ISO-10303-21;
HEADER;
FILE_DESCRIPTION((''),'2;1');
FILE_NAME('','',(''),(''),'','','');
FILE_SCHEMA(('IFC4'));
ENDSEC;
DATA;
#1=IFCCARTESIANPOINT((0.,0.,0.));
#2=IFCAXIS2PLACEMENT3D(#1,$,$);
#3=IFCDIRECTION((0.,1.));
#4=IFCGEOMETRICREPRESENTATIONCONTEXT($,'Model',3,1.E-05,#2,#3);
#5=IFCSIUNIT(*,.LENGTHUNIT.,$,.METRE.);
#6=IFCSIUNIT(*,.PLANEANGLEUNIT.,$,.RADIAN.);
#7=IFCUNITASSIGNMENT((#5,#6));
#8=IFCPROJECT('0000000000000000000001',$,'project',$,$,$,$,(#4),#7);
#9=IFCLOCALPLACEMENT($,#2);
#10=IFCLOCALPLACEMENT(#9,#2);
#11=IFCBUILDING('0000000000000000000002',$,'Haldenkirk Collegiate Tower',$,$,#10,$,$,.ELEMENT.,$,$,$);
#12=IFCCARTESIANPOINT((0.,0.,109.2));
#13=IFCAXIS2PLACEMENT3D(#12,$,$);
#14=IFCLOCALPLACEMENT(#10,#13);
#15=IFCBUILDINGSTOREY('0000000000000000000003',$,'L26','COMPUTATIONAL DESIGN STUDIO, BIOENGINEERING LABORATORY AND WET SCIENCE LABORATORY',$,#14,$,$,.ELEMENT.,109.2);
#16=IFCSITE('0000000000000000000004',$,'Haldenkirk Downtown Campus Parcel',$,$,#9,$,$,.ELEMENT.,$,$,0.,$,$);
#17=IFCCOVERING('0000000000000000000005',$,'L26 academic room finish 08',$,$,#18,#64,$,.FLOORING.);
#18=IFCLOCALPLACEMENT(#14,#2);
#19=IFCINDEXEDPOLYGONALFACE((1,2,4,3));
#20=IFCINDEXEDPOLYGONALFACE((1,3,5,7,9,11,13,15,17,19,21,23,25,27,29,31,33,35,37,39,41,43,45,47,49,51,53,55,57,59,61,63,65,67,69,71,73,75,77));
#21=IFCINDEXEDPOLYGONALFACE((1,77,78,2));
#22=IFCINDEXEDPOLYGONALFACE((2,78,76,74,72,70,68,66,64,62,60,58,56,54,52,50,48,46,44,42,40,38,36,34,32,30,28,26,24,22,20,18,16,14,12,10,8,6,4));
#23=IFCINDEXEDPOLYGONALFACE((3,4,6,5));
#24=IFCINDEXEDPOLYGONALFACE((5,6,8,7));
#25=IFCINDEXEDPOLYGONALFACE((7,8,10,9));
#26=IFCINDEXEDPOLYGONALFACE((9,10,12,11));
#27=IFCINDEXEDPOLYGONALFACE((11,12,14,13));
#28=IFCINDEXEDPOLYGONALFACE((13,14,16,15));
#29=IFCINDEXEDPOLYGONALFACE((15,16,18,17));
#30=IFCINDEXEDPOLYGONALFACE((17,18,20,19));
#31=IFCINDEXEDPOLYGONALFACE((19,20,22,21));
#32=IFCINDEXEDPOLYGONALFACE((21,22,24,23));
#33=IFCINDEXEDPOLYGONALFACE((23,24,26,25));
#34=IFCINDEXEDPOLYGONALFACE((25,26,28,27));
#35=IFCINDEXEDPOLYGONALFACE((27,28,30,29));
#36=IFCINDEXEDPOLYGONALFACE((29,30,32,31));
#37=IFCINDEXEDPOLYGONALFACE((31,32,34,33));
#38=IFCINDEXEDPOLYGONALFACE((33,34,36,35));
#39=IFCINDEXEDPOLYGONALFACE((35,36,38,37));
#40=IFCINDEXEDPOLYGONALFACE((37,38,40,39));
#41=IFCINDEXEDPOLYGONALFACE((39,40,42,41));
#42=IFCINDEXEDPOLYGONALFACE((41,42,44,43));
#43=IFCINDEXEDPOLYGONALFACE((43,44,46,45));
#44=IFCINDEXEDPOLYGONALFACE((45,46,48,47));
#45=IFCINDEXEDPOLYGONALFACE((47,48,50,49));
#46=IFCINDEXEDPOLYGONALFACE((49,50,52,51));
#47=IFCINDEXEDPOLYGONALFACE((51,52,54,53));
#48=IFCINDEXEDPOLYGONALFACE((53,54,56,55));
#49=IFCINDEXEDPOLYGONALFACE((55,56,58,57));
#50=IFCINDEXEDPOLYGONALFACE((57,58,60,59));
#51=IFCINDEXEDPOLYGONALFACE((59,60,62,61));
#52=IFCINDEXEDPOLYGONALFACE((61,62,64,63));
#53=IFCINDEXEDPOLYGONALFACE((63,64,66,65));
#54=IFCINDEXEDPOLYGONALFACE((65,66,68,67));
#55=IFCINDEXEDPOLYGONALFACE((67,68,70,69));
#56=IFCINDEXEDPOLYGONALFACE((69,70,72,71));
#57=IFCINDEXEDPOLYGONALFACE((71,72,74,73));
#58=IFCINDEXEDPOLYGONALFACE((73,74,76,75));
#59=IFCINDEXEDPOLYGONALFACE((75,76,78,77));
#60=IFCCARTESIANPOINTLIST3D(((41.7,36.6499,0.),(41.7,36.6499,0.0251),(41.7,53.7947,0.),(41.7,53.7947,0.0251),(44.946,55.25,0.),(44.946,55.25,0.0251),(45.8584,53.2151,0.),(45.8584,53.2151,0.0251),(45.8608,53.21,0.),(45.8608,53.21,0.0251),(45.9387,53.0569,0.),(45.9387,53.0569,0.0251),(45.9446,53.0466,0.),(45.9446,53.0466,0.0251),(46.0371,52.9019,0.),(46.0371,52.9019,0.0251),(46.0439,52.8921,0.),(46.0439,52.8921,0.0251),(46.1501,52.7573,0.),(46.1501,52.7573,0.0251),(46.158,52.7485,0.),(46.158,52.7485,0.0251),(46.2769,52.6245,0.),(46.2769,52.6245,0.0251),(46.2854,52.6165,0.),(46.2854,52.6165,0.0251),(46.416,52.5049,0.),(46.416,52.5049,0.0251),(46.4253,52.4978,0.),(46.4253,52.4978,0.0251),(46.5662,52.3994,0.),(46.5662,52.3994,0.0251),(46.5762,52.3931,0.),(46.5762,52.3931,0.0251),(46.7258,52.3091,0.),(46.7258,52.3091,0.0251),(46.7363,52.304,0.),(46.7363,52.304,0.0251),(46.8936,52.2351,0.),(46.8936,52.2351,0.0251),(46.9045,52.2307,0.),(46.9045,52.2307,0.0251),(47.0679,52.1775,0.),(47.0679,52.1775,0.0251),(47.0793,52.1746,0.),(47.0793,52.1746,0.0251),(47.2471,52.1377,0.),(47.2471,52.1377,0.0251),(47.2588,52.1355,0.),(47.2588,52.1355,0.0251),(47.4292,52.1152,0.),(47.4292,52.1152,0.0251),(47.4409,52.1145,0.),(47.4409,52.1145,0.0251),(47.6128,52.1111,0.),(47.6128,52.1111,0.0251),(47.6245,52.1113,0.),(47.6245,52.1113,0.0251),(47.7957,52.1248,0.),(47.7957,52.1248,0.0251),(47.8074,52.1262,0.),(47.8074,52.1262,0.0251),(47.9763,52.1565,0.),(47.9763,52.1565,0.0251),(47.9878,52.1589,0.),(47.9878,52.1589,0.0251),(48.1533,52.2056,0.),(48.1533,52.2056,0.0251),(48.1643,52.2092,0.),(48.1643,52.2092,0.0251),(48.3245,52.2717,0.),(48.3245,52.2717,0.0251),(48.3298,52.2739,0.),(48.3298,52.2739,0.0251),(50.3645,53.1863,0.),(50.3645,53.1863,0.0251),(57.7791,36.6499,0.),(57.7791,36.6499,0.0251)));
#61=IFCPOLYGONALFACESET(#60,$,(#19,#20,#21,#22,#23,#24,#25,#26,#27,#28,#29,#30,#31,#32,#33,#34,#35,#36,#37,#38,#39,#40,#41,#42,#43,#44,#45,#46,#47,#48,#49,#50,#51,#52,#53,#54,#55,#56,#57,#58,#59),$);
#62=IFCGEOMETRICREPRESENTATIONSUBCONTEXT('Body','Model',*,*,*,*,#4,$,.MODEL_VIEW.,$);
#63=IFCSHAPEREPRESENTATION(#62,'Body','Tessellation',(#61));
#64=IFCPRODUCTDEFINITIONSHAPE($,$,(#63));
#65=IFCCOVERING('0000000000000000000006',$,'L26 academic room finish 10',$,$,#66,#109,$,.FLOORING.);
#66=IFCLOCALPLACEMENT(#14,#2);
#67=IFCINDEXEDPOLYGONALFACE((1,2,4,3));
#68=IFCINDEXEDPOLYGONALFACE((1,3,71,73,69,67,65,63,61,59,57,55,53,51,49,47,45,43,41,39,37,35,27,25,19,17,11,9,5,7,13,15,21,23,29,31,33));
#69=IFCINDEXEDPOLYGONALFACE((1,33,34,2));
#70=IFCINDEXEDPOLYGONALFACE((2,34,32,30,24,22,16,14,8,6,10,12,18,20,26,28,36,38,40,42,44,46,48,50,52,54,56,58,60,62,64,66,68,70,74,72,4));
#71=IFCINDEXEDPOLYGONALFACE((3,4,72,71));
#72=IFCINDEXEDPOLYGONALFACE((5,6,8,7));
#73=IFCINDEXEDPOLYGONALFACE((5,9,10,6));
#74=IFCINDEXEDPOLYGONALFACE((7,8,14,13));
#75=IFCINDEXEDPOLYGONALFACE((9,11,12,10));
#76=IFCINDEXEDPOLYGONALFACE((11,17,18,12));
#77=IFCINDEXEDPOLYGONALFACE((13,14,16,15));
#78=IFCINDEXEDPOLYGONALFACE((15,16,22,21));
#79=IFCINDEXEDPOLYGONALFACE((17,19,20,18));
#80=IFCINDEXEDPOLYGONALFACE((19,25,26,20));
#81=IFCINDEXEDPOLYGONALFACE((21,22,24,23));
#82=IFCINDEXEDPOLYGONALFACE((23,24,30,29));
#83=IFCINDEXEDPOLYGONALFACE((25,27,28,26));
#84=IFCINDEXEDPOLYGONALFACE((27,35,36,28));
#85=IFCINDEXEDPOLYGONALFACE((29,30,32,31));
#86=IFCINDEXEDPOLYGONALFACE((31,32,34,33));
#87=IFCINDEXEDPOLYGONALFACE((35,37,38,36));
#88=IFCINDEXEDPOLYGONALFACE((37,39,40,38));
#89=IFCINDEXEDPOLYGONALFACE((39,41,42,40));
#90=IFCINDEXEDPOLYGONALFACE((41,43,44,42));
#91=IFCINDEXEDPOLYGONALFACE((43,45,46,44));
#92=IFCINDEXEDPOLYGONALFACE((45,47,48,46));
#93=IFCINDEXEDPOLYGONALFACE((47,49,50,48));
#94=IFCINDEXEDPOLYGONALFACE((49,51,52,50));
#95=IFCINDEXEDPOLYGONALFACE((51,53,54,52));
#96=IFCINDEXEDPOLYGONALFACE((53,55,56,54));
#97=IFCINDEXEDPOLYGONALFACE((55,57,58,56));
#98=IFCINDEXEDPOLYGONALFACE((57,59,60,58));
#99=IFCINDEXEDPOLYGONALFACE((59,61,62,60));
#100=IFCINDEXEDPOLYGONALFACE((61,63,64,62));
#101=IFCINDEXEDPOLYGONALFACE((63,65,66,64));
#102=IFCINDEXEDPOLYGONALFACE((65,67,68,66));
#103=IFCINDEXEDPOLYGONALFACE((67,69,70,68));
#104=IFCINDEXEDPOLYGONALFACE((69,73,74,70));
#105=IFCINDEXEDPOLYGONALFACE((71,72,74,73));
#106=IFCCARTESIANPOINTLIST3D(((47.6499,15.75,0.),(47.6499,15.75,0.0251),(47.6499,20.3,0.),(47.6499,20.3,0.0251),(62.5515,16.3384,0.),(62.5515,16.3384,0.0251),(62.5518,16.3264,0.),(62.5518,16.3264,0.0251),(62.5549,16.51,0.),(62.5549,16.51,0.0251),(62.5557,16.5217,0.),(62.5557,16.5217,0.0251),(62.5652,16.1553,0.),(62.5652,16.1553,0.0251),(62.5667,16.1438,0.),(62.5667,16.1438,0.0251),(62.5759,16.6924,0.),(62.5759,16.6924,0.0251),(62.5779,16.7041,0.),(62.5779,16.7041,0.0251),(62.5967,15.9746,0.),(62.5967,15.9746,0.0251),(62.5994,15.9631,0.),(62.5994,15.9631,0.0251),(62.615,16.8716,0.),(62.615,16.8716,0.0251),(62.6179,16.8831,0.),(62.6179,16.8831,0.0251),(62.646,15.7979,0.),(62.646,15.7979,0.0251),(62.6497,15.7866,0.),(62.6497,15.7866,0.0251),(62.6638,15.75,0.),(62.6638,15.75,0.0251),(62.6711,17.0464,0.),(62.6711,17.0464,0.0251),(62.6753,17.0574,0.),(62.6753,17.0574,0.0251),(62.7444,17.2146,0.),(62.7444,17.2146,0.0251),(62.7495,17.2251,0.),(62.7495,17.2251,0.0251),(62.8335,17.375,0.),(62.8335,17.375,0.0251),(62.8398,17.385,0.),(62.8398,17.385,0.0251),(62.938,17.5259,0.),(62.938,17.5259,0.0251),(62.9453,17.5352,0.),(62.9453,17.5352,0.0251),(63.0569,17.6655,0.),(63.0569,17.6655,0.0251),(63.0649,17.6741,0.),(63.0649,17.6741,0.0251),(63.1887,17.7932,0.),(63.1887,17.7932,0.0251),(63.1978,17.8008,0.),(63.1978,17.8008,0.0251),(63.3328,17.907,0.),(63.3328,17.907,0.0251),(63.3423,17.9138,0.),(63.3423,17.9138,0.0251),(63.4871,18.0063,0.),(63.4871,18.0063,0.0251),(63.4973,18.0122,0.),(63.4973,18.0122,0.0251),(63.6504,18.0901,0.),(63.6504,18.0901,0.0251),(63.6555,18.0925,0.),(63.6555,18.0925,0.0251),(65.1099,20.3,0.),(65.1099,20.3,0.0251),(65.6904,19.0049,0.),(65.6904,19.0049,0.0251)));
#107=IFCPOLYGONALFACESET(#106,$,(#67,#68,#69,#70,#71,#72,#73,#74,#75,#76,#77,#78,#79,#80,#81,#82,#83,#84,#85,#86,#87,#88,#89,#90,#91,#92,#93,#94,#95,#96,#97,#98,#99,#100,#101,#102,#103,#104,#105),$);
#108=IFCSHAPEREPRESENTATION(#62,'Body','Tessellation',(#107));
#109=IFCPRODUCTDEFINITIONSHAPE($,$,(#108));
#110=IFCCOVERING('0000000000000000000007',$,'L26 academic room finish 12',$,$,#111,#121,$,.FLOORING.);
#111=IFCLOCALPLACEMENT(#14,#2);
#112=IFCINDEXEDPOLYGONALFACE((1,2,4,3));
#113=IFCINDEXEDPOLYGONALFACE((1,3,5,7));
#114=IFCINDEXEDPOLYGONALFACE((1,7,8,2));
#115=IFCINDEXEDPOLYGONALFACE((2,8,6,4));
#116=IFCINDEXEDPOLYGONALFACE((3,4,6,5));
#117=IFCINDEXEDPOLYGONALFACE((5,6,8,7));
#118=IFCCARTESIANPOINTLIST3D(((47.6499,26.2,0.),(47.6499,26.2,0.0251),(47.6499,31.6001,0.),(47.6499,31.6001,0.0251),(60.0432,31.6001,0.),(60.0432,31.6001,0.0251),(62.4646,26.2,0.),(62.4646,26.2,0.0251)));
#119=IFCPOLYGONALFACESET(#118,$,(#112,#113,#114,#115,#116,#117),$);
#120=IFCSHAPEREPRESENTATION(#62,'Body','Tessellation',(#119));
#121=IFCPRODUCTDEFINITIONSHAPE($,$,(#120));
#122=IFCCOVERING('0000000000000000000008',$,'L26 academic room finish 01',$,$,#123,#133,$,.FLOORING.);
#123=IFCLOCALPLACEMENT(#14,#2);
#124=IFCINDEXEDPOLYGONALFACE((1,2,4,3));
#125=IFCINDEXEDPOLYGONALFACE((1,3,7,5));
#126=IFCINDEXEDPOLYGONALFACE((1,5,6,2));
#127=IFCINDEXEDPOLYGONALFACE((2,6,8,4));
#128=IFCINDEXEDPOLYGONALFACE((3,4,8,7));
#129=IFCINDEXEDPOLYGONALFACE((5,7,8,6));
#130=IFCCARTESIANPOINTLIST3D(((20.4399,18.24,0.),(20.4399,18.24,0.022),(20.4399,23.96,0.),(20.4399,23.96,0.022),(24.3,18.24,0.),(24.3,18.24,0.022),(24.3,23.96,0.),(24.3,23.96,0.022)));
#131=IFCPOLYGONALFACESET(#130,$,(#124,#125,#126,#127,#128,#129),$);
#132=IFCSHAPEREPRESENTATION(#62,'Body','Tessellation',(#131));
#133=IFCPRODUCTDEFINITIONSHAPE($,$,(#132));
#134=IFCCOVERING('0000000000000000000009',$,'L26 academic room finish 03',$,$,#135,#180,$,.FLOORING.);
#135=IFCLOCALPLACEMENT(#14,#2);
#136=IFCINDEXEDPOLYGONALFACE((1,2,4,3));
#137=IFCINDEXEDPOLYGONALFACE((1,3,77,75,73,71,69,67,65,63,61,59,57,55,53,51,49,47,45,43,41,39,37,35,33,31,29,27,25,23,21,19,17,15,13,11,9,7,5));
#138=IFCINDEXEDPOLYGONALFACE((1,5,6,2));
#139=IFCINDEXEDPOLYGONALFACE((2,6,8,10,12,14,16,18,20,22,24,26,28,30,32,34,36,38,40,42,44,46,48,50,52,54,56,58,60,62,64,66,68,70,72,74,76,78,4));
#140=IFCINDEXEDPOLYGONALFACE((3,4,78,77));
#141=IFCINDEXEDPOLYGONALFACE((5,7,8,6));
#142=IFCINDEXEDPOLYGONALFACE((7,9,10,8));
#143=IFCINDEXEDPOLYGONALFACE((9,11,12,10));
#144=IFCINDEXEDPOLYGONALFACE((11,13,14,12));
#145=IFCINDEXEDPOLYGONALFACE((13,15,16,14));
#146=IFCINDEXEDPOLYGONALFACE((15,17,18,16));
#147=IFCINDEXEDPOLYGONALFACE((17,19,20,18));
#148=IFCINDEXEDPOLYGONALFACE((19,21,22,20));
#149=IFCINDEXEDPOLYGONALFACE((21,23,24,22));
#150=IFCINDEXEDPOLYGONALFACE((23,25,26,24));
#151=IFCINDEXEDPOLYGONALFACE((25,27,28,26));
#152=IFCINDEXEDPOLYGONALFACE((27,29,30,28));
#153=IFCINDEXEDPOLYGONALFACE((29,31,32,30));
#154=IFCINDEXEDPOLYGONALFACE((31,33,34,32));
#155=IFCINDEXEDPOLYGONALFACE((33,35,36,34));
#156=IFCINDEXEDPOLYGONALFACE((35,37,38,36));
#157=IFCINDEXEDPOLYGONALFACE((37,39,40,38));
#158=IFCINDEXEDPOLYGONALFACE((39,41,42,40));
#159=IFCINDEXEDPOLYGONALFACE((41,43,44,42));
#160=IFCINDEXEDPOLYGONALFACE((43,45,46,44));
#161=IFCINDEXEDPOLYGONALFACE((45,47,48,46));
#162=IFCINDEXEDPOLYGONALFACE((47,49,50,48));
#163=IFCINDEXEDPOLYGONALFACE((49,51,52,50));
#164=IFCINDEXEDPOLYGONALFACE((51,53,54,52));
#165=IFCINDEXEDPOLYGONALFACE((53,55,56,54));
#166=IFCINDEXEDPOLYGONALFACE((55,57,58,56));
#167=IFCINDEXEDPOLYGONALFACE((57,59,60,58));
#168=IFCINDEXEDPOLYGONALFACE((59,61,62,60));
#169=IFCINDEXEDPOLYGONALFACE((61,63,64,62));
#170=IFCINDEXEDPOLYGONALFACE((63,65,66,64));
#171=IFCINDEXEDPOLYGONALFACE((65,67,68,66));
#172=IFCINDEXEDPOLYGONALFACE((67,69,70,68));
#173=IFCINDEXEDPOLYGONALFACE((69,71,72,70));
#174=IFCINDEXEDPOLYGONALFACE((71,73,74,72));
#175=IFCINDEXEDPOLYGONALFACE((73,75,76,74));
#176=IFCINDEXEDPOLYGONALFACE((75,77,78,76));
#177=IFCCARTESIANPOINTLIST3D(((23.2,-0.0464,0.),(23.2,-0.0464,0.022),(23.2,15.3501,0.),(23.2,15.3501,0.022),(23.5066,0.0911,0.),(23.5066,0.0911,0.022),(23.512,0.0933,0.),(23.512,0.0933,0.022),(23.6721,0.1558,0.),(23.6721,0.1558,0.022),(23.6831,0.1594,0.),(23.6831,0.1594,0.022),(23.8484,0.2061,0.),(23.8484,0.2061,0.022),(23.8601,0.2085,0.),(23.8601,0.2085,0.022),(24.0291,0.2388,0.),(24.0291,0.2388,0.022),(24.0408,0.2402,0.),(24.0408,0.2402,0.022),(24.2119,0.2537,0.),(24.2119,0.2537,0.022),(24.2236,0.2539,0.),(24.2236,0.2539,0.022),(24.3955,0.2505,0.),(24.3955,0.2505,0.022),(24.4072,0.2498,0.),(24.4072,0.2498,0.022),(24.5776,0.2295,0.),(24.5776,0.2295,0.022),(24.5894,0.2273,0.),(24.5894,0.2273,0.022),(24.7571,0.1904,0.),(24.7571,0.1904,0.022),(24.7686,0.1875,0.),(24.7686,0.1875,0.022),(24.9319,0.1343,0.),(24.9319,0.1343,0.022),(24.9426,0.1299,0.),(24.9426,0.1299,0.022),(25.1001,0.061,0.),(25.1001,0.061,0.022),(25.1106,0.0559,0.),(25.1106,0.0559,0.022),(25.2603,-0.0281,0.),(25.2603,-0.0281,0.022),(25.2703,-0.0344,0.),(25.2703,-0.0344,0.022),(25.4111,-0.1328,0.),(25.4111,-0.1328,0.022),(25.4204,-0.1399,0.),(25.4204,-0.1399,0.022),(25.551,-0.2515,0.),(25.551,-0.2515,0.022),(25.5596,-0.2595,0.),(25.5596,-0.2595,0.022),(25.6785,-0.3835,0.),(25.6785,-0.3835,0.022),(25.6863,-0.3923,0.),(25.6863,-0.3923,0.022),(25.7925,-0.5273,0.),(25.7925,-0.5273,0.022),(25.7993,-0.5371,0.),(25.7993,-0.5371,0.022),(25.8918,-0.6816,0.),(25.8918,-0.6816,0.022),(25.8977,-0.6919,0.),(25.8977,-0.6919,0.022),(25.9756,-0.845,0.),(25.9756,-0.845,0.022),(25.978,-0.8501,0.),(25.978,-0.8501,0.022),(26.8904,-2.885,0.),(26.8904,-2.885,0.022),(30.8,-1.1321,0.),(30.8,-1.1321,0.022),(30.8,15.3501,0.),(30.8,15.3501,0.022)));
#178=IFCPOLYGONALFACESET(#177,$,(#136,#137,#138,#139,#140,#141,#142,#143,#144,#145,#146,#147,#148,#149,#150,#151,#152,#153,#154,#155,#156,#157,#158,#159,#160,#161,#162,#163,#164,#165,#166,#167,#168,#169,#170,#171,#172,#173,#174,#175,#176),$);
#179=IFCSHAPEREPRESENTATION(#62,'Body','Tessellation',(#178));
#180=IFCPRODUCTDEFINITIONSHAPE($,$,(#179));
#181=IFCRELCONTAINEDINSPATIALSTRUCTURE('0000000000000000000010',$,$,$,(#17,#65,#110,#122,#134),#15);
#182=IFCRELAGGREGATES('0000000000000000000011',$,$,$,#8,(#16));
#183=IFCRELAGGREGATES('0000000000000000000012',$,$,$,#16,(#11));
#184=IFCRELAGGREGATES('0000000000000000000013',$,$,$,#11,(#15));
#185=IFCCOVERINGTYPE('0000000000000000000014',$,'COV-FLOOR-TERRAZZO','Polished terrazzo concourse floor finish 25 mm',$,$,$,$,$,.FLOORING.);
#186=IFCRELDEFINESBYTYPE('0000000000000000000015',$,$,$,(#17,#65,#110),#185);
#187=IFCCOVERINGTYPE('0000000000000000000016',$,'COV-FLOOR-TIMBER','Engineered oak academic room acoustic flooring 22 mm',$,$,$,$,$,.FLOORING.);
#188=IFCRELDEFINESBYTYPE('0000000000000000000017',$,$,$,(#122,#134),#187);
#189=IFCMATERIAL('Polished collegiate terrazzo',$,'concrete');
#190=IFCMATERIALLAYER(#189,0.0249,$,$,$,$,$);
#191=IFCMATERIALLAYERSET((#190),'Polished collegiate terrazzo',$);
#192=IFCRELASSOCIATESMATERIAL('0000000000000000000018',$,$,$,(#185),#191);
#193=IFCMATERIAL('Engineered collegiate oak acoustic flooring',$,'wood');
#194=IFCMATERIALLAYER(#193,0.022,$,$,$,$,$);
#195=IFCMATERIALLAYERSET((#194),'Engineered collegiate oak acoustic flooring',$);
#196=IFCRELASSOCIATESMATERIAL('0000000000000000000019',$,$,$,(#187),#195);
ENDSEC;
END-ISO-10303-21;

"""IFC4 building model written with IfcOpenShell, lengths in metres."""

from ifc_helpers import new_model, si_unit, direction, frame, origin, place, context, subcontext, project, spatial, polyline, outline, extrude, material, layer, layer_set, type_object, element, save


model = new_model("IFC4")

# Units and contexts
model_context = context("Model", 3, precision=1e-05, world=origin(), true_north=direction((0.0, 1.0)))
body_context = subcontext(model_context, "Body", "Model", "MODEL_VIEW")
ifc_project = project(units=[si_unit("LENGTHUNIT", "METRE"), si_unit("PLANEANGLEUNIT", "RADIAN")], contexts=[model_context])

# Site, building, storey
site_placement = place(None, origin())
site = spatial("IfcSite", under=ifc_project, at=site_placement, Name="Haldenkirk Downtown Campus Parcel", CompositionType="ELEMENT", RefElevation=0.0)
building_placement = place(site_placement, origin())
building = spatial("IfcBuilding", under=site, at=building_placement, Name="Haldenkirk Collegiate Tower", CompositionType="ELEMENT")
storey_placement = place(building_placement, frame((0.0, 0.0, 109.2)))
storey = spatial("IfcBuildingStorey", under=building, at=storey_placement, Name="L26", Description="COMPUTATIONAL DESIGN STUDIO, BIOENGINEERING LABORATORY AND WET SCIENCE LABORATORY", CompositionType="ELEMENT", Elevation=109.2)

# Coverings
ifc_material_1 = material(Name="Polished collegiate terrazzo", Category="concrete")
ifc_layer_1 = layer(ifc_material_1, 0.0249)
ifc_layer_set_1 = layer_set([ifc_layer_1], Name="Polished collegiate terrazzo")
covering_type_1 = type_object("IfcCoveringType", Name="COV-FLOOR-TERRAZZO", Description="Polished terrazzo concourse floor finish 25 mm", PredefinedType="FLOORING", material=ifc_layer_set_1)
covering_1_placement = place(storey_placement, origin())
element("IfcCovering", 1, at=covering_1_placement, inside=storey, type_object=covering_type_1, Name="L26 academic room finish 08", PredefinedType="FLOORING", context=body_context, shape_type="SweptSolid", body=[
    extrude(outline(polyline([(44.946, 55.25), (45.8584, 53.2151), (45.8608, 53.21), (45.9387, 53.0569), (45.9446, 53.0466), (46.0371, 52.9019), (46.0439, 52.8921), (46.1501, 52.7573), (46.158, 52.7485), (46.2769, 52.6245), (46.2854, 52.6165), (46.416, 52.5049), (46.4253, 52.4978), (46.5662, 52.3994), (46.5762, 52.3931), (46.7258, 52.3091), (46.7363, 52.304), (46.8936, 52.2351), (46.9045, 52.2307), (47.0679, 52.1775), (47.0793, 52.1746), (47.2471, 52.1377), (47.2588, 52.1355), (47.4292, 52.1152), (47.4409, 52.1145), (47.6128, 52.1111), (47.6245, 52.1113), (47.7957, 52.1248), (47.8074, 52.1262), (47.9763, 52.1565), (47.9878, 52.1589), (48.1533, 52.2056), (48.1643, 52.2092), (48.3245, 52.2717), (48.3298, 52.2739), (50.3645, 53.1863), (57.7791, 36.6499), (41.7, 36.6499), (41.7, 53.7947), (44.946, 55.25)])), origin(), (0.0, 0.0, 1.0), 0.0251),
])
covering_2_placement = place(storey_placement, origin())
element("IfcCovering", 2, at=covering_2_placement, inside=storey, type_object=covering_type_1, Name="L26 academic room finish 10", PredefinedType="FLOORING", context=body_context, shape_type="SweptSolid", body=[
    extrude(outline(polyline([(62.6638, 15.75), (47.6499, 15.75), (47.6499, 20.3), (65.1099, 20.3), (65.6904, 19.0049), (63.6555, 18.0925), (63.6504, 18.0901), (63.4973, 18.0122), (63.4871, 18.0063), (63.3423, 17.9138), (63.3328, 17.907), (63.1978, 17.8008), (63.1887, 17.7932), (63.0649, 17.6741), (63.0569, 17.6655), (62.9453, 17.5352), (62.938, 17.5259), (62.8398, 17.385), (62.8335, 17.375), (62.7495, 17.2251), (62.7444, 17.2146), (62.6753, 17.0574), (62.6711, 17.0464), (62.6179, 16.8831), (62.615, 16.8716), (62.5779, 16.7041), (62.5759, 16.6924), (62.5557, 16.5217), (62.5549, 16.51), (62.5515, 16.3384), (62.5518, 16.3264), (62.5652, 16.1553), (62.5667, 16.1438), (62.5967, 15.9746), (62.5994, 15.9631), (62.646, 15.7979), (62.6497, 15.7866), (62.6638, 15.75)])), origin(), (0.0, 0.0, 1.0), 0.0251),
])
covering_3_placement = place(storey_placement, origin())
element("IfcCovering", 3, at=covering_3_placement, inside=storey, type_object=covering_type_1, Name="L26 academic room finish 12", PredefinedType="FLOORING", context=body_context, shape_type="SweptSolid", body=[
    extrude(outline(polyline([(62.4646, 26.2), (47.6499, 26.2), (47.6499, 31.6001), (60.0432, 31.6001), (62.4646, 26.2)])), origin(), (0.0, 0.0, 1.0), 0.0251),
])
ifc_material_2 = material(Name="Engineered collegiate oak acoustic flooring", Category="wood")
ifc_layer_2 = layer(ifc_material_2, 0.022)
ifc_layer_set_2 = layer_set([ifc_layer_2], Name="Engineered collegiate oak acoustic flooring")
covering_type_2 = type_object("IfcCoveringType", Name="COV-FLOOR-TIMBER", Description="Engineered oak academic room acoustic flooring 22 mm", PredefinedType="FLOORING", material=ifc_layer_set_2)
covering_4_placement = place(storey_placement, origin())
element("IfcCovering", 4, at=covering_4_placement, inside=storey, type_object=covering_type_2, Name="L26 academic room finish 01", PredefinedType="FLOORING", context=body_context, shape_type="SweptSolid", body=[
    extrude(outline(polyline([(20.4399, 18.24), (20.4399, 23.96), (24.3, 23.96), (24.3, 18.24), (20.4399, 18.24)])), origin(), (0.0, 0.0, 1.0), 0.022),
])
covering_5_placement = place(storey_placement, origin())
element("IfcCovering", 5, at=covering_5_placement, inside=storey, type_object=covering_type_2, Name="L26 academic room finish 03", PredefinedType="FLOORING", context=body_context, shape_type="SweptSolid", body=[
    extrude(outline(polyline([(25.4204, -0.1399), (25.4111, -0.1328), (25.2703, -0.0344), (25.2603, -0.0281), (25.1106, 0.0559), (25.1001, 0.061), (24.9426, 0.1299), (24.9319, 0.1343), (24.7686, 0.1875), (24.7571, 0.1904), (24.5894, 0.2273), (24.5776, 0.2295), (24.4072, 0.2498), (24.3955, 0.2505), (24.2236, 0.2539), (24.2119, 0.2537), (24.0408, 0.2402), (24.0291, 0.2388), (23.8601, 0.2085), (23.8484, 0.2061), (23.6831, 0.1594), (23.6721, 0.1558), (23.512, 0.0933), (23.5066, 0.0911), (23.2, -0.0464), (23.2, 15.3501), (30.8, 15.3501), (30.8, -1.1321), (26.8904, -2.885), (25.978, -0.8501), (25.9756, -0.845), (25.8977, -0.6919), (25.8918, -0.6816), (25.7993, -0.5371), (25.7925, -0.5273), (25.6863, -0.3923), (25.6785, -0.3835), (25.5596, -0.2595), (25.551, -0.2515), (25.4204, -0.1399)])), origin(), (0.0, 0.0, 1.0), 0.022),
])

save(model, "model.ifc")
